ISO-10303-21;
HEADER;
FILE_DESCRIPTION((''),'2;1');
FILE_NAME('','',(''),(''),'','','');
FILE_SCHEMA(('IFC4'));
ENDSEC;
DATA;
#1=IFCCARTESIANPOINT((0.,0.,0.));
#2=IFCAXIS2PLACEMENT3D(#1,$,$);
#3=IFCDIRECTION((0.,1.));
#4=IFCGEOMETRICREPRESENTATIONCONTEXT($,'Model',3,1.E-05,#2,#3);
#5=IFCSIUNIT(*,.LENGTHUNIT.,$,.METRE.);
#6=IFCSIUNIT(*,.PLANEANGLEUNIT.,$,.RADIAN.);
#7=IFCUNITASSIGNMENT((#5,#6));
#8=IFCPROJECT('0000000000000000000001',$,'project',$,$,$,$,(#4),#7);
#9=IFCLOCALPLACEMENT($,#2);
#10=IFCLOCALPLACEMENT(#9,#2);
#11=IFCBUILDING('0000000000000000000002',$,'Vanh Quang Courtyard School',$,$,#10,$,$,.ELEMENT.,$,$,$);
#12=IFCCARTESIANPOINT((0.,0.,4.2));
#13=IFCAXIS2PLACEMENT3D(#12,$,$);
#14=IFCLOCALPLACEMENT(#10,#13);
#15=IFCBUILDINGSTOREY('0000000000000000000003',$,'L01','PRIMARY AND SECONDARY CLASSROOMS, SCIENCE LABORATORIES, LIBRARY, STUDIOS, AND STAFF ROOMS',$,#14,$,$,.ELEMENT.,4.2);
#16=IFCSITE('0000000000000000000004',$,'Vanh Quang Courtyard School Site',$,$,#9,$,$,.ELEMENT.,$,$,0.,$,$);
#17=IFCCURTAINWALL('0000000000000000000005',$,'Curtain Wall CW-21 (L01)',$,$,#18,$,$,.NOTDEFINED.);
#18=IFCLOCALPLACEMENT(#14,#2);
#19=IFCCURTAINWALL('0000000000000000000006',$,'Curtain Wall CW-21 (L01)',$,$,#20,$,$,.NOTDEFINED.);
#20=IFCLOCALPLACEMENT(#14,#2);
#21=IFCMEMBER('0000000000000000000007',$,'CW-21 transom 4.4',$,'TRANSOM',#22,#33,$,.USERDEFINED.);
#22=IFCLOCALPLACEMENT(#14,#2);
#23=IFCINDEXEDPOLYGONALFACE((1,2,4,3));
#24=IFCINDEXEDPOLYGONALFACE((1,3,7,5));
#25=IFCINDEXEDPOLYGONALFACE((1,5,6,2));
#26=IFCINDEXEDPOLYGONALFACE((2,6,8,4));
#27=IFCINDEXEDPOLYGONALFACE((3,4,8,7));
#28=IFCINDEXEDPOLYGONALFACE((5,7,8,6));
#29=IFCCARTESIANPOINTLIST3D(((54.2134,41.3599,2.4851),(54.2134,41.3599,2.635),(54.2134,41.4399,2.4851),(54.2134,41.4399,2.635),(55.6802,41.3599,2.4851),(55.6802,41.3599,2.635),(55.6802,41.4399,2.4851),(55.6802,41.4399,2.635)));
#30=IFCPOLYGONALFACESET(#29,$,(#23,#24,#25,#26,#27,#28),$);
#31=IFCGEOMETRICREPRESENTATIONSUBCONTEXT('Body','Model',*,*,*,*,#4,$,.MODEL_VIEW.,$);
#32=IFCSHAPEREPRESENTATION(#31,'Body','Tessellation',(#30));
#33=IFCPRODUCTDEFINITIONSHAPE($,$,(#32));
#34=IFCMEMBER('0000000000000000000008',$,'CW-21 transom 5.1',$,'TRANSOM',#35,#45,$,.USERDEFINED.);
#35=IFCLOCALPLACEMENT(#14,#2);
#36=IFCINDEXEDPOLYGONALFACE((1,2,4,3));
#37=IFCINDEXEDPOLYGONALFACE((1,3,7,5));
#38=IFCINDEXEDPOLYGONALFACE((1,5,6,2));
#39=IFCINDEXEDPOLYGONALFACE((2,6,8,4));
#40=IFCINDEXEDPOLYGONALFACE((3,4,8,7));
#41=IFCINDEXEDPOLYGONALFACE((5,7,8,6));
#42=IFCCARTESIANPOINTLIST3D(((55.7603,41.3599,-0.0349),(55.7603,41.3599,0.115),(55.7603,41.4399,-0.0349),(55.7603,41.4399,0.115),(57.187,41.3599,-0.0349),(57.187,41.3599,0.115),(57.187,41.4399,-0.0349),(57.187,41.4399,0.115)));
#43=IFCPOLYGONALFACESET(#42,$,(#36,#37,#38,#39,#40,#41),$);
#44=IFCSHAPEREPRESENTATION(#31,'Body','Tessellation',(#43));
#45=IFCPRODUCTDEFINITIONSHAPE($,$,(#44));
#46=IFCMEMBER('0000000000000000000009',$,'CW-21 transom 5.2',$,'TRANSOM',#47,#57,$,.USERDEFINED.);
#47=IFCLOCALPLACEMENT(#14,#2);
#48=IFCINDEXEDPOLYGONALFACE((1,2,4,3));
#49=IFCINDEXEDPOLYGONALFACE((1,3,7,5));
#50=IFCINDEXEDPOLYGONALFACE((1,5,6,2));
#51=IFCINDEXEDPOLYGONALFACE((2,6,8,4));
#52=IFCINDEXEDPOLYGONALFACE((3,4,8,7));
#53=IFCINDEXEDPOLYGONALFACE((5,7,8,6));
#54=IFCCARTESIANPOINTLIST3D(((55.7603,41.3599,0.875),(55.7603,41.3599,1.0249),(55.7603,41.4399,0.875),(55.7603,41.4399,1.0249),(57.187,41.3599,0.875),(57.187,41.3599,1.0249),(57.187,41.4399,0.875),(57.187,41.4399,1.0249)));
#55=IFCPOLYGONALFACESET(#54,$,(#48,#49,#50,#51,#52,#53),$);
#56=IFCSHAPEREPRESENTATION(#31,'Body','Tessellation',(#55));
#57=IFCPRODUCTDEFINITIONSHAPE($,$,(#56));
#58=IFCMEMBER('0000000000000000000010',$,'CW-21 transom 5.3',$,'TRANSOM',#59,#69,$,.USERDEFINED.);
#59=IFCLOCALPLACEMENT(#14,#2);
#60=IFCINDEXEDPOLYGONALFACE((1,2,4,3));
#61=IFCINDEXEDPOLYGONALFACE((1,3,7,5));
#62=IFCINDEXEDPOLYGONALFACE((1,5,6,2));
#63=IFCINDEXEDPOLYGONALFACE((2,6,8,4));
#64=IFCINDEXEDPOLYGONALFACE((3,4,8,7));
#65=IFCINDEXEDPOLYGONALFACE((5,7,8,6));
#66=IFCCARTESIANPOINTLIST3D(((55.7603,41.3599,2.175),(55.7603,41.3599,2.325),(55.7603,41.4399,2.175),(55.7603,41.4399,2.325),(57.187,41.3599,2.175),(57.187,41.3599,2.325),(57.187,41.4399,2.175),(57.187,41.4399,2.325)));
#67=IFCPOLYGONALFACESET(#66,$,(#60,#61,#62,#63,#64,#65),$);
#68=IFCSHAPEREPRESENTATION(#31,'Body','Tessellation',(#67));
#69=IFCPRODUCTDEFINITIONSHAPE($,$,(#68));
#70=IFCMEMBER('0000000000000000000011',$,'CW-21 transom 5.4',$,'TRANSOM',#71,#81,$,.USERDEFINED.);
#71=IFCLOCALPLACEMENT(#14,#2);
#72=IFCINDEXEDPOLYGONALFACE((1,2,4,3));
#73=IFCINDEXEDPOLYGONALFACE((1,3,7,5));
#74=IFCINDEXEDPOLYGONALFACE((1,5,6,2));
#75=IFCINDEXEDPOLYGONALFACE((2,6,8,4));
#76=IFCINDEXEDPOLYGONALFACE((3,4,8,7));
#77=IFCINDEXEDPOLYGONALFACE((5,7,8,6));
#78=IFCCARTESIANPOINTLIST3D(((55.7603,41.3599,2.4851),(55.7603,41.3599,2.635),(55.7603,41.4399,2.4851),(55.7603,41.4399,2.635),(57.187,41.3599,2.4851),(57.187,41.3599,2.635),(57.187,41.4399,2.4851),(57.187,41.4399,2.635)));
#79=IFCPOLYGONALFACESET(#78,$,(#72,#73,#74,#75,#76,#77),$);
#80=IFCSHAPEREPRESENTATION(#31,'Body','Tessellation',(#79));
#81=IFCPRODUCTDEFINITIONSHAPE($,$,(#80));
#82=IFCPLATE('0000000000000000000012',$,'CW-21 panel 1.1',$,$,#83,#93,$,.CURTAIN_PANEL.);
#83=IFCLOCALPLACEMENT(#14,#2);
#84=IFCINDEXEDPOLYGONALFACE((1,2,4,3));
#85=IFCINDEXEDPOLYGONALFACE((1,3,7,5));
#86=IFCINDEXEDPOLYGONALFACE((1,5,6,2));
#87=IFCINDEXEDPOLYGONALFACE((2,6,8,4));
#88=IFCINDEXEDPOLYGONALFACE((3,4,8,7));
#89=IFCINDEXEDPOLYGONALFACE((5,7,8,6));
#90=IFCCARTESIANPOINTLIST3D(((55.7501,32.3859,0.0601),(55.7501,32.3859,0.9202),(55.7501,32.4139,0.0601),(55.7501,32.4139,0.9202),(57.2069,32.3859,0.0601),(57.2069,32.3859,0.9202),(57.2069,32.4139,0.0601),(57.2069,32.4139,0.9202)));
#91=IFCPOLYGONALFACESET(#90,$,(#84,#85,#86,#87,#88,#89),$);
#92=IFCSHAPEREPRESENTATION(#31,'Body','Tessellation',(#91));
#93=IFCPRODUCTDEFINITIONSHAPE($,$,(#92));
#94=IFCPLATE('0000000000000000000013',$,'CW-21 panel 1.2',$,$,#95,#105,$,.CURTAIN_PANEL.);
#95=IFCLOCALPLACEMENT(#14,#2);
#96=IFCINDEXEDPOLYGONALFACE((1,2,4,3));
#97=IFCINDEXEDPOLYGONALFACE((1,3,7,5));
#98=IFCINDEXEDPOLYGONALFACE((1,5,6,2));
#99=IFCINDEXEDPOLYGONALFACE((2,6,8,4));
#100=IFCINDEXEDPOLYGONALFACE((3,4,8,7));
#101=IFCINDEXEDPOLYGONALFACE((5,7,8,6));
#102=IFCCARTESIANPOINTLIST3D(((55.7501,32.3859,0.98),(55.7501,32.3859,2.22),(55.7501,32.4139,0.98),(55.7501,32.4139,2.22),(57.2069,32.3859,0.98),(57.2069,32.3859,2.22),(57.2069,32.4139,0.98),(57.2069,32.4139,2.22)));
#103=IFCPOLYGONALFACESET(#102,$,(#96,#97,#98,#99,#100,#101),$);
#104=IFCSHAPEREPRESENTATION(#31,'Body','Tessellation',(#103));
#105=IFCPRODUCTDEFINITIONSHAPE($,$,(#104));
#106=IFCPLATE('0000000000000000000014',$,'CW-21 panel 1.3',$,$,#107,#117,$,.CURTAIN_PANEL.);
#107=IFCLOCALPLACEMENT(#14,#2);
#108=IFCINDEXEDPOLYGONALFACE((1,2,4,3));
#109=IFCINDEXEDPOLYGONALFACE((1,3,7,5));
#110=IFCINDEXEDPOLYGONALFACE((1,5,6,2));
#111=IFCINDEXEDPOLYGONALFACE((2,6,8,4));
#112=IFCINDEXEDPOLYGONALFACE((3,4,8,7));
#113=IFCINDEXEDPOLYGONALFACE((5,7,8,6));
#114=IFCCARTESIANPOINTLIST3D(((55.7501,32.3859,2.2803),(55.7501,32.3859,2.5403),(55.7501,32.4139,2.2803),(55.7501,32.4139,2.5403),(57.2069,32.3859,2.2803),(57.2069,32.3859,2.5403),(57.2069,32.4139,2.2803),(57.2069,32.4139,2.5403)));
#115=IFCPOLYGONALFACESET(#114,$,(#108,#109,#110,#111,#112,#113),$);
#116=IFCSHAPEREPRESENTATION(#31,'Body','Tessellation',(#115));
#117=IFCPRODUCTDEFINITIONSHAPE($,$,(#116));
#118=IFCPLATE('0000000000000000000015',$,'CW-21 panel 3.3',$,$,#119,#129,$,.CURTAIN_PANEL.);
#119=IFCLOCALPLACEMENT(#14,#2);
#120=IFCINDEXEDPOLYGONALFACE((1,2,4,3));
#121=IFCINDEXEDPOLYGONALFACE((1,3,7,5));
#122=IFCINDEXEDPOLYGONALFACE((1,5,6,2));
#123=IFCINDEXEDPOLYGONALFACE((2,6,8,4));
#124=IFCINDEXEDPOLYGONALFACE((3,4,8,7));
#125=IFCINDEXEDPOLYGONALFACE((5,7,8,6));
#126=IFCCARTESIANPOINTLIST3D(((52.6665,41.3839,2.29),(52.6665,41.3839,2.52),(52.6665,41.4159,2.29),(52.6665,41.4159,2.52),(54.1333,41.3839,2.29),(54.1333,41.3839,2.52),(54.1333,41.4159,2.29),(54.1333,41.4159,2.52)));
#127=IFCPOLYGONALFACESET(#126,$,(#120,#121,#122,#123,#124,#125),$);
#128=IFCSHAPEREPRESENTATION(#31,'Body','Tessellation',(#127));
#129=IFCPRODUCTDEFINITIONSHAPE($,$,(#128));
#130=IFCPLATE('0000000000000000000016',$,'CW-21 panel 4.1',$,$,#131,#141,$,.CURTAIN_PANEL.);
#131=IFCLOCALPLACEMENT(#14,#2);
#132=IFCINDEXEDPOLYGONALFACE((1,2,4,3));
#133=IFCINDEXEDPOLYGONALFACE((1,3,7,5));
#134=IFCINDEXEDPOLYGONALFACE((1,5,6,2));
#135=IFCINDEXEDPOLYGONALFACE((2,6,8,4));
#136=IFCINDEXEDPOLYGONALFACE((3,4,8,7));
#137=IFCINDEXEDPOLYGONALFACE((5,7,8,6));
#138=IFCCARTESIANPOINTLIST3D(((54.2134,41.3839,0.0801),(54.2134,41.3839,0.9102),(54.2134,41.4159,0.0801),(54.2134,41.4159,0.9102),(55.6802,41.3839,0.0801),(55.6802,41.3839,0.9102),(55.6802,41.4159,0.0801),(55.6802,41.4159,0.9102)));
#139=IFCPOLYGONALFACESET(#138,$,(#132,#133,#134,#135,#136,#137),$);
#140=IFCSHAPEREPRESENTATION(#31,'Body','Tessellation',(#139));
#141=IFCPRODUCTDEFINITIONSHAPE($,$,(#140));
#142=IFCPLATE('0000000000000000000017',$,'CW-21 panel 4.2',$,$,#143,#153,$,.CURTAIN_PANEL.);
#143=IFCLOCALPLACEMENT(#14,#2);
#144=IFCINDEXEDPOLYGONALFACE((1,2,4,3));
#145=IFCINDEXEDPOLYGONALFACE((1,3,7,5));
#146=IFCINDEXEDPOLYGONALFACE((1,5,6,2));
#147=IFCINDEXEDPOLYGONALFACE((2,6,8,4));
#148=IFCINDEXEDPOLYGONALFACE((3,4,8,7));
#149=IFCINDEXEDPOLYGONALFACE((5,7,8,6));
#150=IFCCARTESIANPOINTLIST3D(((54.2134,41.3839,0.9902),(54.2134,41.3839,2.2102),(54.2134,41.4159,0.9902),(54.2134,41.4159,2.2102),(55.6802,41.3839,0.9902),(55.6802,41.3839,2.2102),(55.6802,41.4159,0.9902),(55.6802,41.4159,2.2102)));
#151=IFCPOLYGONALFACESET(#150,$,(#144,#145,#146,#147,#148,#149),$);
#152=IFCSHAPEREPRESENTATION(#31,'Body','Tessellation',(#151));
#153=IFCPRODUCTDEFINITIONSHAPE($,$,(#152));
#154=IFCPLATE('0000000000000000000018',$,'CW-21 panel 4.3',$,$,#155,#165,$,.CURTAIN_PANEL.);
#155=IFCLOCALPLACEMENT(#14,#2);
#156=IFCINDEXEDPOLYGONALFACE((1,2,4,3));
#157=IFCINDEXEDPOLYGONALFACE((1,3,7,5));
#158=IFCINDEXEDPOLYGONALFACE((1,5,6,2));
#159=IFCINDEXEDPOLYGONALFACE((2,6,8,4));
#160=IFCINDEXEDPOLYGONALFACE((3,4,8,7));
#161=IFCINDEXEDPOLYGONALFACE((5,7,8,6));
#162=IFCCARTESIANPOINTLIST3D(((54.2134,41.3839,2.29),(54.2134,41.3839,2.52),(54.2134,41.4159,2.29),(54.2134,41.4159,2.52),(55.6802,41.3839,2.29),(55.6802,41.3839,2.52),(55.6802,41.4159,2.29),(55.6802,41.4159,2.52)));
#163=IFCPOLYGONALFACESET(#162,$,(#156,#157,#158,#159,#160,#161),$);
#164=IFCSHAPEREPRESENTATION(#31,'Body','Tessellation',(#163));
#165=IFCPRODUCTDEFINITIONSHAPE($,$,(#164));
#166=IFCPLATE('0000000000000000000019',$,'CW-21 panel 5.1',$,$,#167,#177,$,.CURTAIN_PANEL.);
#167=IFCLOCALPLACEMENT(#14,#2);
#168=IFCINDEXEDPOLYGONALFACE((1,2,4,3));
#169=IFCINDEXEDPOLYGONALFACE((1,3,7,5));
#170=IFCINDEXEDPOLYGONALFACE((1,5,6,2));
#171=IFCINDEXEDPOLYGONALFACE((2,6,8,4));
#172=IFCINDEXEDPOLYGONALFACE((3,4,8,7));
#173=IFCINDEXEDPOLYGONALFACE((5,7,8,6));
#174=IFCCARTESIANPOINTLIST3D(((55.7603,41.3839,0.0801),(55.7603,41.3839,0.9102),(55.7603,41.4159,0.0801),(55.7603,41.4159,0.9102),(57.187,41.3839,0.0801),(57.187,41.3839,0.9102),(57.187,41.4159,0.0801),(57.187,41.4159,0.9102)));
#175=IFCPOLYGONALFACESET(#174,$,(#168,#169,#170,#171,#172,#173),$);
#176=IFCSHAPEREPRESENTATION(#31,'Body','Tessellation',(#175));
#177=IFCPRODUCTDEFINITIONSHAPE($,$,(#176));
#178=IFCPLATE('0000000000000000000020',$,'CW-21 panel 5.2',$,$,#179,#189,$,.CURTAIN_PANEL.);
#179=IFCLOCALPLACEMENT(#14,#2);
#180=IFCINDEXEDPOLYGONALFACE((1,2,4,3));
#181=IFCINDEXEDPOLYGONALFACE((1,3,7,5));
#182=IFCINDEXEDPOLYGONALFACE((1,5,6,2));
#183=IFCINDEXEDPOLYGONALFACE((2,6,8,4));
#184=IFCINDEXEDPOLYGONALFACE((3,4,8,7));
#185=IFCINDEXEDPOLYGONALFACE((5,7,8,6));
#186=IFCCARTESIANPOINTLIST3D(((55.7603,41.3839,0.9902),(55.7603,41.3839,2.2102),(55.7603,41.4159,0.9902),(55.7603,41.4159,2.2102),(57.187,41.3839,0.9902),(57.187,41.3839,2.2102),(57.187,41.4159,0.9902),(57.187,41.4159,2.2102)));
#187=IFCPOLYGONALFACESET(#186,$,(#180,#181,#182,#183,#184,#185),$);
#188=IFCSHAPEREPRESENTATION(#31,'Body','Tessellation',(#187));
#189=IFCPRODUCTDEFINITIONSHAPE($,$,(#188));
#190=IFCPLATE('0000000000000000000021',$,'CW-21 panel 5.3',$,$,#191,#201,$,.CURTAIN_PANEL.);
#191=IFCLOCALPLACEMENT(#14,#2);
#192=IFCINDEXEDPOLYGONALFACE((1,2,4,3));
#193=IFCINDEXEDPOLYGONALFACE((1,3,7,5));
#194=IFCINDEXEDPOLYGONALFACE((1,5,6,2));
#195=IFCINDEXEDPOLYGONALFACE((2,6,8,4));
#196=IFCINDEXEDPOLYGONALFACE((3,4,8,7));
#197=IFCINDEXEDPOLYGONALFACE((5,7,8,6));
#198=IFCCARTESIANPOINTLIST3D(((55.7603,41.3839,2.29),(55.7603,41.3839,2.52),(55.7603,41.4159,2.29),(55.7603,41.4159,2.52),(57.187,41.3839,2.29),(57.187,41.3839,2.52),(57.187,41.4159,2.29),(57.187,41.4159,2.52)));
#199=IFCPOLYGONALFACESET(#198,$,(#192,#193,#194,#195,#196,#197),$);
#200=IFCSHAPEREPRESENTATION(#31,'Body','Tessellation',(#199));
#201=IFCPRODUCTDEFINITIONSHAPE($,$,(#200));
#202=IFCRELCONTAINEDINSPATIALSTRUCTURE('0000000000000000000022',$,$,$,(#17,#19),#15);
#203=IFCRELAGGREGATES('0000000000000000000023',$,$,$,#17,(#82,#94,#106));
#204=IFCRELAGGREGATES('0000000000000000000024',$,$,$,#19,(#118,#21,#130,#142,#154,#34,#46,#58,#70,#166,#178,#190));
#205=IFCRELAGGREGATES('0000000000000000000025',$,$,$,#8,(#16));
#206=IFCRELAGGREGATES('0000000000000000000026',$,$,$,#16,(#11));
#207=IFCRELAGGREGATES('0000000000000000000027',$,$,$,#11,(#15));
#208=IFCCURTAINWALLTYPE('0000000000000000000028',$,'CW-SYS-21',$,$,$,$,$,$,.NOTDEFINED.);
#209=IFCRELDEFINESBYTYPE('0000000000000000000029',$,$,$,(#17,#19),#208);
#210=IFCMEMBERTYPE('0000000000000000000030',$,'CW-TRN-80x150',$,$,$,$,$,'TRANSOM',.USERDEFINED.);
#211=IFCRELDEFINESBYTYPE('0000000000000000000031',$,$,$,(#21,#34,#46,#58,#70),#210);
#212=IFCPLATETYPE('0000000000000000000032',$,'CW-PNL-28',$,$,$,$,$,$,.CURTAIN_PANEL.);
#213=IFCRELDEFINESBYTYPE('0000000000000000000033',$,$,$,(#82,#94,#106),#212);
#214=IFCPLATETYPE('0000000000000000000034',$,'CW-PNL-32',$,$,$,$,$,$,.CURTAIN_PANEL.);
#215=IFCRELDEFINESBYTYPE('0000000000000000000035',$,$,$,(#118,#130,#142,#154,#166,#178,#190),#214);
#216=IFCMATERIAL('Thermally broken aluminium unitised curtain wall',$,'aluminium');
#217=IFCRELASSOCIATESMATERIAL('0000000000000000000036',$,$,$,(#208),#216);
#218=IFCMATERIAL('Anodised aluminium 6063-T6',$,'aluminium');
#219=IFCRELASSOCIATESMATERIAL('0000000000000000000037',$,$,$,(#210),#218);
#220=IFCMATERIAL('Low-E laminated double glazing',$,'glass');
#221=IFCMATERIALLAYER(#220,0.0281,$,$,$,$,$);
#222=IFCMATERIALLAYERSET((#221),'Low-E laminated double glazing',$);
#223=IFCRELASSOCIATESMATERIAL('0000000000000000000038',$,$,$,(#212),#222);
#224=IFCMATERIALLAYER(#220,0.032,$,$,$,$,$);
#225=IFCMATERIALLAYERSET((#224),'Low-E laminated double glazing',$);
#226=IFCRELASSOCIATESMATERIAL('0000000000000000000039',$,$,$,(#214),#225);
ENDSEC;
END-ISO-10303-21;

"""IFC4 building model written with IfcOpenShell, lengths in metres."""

from ifc_helpers import new_model, si_unit, direction, frame, origin, origin_2d, place, context, subcontext, project, spatial, rectangle, extrude, material, layer, layer_set, material_profile, profile_set, type_object, element, aggregate, save


model = new_model("IFC4")

# Units and contexts
model_context = context("Model", 3, precision=1e-05, world=origin(), true_north=direction((0.0, 1.0)))
body_context = subcontext(model_context, "Body", "Model", "MODEL_VIEW")
ifc_project = project(units=[si_unit("LENGTHUNIT", "METRE"), si_unit("PLANEANGLEUNIT", "RADIAN")], contexts=[model_context])

# Site, building, storey
site_placement = place(None, origin())
site = spatial("IfcSite", under=ifc_project, at=site_placement, Name="Vanh Quang Courtyard School Site", CompositionType="ELEMENT", RefElevation=0.0)
building_placement = place(site_placement, origin())
building = spatial("IfcBuilding", under=site, at=building_placement, Name="Vanh Quang Courtyard School", CompositionType="ELEMENT")
storey_placement = place(building_placement, frame((0.0, 0.0, 4.2)))
storey = spatial("IfcBuildingStorey", under=building, at=storey_placement, Name="L01", Description="PRIMARY AND SECONDARY CLASSROOMS, SCIENCE LABORATORIES, LIBRARY, STUDIOS, AND STAFF ROOMS", CompositionType="ELEMENT", Elevation=4.2)

# Curtain wall
ifc_material_1 = material(Name="Thermally broken aluminium unitised curtain wall", Category="aluminium")
curtain_wall_type = type_object("IfcCurtainWallType", Name="CW-SYS-21", PredefinedType="NOTDEFINED", material=ifc_material_1)
curtain_wall_1_placement = place(storey_placement, origin())
curtain_wall_1 = element("IfcCurtainWall", 1, at=curtain_wall_1_placement, inside=storey, type_object=curtain_wall_type, Name="Curtain Wall CW-21 (L01)", PredefinedType="NOTDEFINED")
ifc_material_2 = material(Name="Anodised aluminium 6063-T6", Category="aluminium")

# Curtain wall
curtain_wall_2_placement = place(storey_placement, origin())
curtain_wall_2 = element("IfcCurtainWall", 2, at=curtain_wall_2_placement, inside=storey, type_object=curtain_wall_type, Name="Curtain Wall CW-21 (L01)", PredefinedType="NOTDEFINED")

# Members
ifc_material_profile_1 = material_profile(ifc_material_2, rectangle(XDim=0.0801, YDim=0.1499, at=origin_2d()), Name="ALU-TRN 80x150")
ifc_profile_set_1 = profile_set([ifc_material_profile_1], Name="Anodised aluminium 6063-T6")
member_type_1 = type_object("IfcMemberType", Name="CW-TRN-80x150", ElementType="TRANSOM", PredefinedType="USERDEFINED", material=ifc_profile_set_1)
member_1_placement = place(storey_placement, frame((54.2134, 41.3999, 2.5601), z_axis=(1.0, 0.0, 0.0), x_axis=(0.0, 1.0, 0.0)))
member_1 = element("IfcMember", 3, at=member_1_placement, type_object=member_type_1, Name="CW-21 transom 4.4", ObjectType="TRANSOM", PredefinedType="USERDEFINED", context=body_context, shape_type="SweptSolid", body=[
    extrude(rectangle(XDim=0.0801, YDim=0.1499, at=origin_2d()), origin(), (0.0, 0.0, 1.0), 1.4668),
])
member_2_placement = place(storey_placement, frame((55.7603, 41.3999, 0.04), z_axis=(1.0, 0.0, 0.0), x_axis=(0.0, 1.0, 0.0)))
member_2 = element("IfcMember", 4, at=member_2_placement, type_object=member_type_1, Name="CW-21 transom 5.1", ObjectType="TRANSOM", PredefinedType="USERDEFINED", context=body_context, shape_type="SweptSolid", body=[
    extrude(rectangle(XDim=0.0801, YDim=0.1499, at=origin_2d()), origin(), (0.0, 0.0, 1.0), 1.4268),
])
member_3_placement = place(storey_placement, frame((55.7603, 41.3999, 0.95), z_axis=(1.0, 0.0, 0.0), x_axis=(0.0, 1.0, 0.0)))
member_3 = element("IfcMember", 5, at=member_3_placement, type_object=member_type_1, Name="CW-21 transom 5.2", ObjectType="TRANSOM", PredefinedType="USERDEFINED", context=body_context, shape_type="SweptSolid", body=[
    extrude(rectangle(XDim=0.0801, YDim=0.1499, at=origin_2d()), origin(), (0.0, 0.0, 1.0), 1.4268),
])
member_4_placement = place(storey_placement, frame((55.7603, 41.3999, 2.25), z_axis=(1.0, 0.0, 0.0), x_axis=(0.0, 1.0, 0.0)))
member_4 = element("IfcMember", 6, at=member_4_placement, type_object=member_type_1, Name="CW-21 transom 5.3", ObjectType="TRANSOM", PredefinedType="USERDEFINED", context=body_context, shape_type="SweptSolid", body=[
    extrude(rectangle(XDim=0.0801, YDim=0.1499, at=origin_2d()), origin(), (0.0, 0.0, 1.0), 1.4268),
])
member_5_placement = place(storey_placement, frame((55.7603, 41.3999, 2.5601), z_axis=(1.0, 0.0, 0.0), x_axis=(0.0, 1.0, 0.0)))
member_5 = element("IfcMember", 7, at=member_5_placement, type_object=member_type_1, Name="CW-21 transom 5.4", ObjectType="TRANSOM", PredefinedType="USERDEFINED", context=body_context, shape_type="SweptSolid", body=[
    extrude(rectangle(XDim=0.0801, YDim=0.1499, at=origin_2d()), origin(), (0.0, 0.0, 1.0), 1.4268),
])

# Plates
ifc_material_3 = material(Name="Low-E laminated double glazing", Category="glass")
ifc_layer_1 = layer(ifc_material_3, 0.0281)
ifc_layer_set_1 = layer_set([ifc_layer_1], Name="Low-E laminated double glazing")
plate_type_1 = type_object("IfcPlateType", Name="CW-PNL-28", PredefinedType="CURTAIN_PANEL", material=ifc_layer_set_1)
plate_1_placement = place(storey_placement, frame((56.4785, 32.3999, 0.0601), z_axis=(0.0, 0.0, 1.0), x_axis=(-1.0, 0.0, 0.0)))
plate_1 = element("IfcPlate", 8, at=plate_1_placement, type_object=plate_type_1, Name="CW-21 panel 1.1", PredefinedType="CURTAIN_PANEL", context=body_context, shape_type="SweptSolid", body=[
    extrude(rectangle(XDim=1.4568, YDim=0.0281, at=origin_2d()), origin(), (0.0, 0.0, 1.0), 0.8601),
])
plate_2_placement = place(storey_placement, frame((56.4785, 32.3999, 0.98), z_axis=(0.0, 0.0, 1.0), x_axis=(-1.0, 0.0, 0.0)))
plate_2 = element("IfcPlate", 9, at=plate_2_placement, type_object=plate_type_1, Name="CW-21 panel 1.2", PredefinedType="CURTAIN_PANEL", context=body_context, shape_type="SweptSolid", body=[
    extrude(rectangle(XDim=1.4568, YDim=0.0281, at=origin_2d()), origin(), (0.0, 0.0, 1.0), 1.24),
])
plate_3_placement = place(storey_placement, frame((56.4785, 32.3999, 2.2803), z_axis=(0.0, 0.0, 1.0), x_axis=(-1.0, 0.0, 0.0)))
plate_3 = element("IfcPlate", 10, at=plate_3_placement, type_object=plate_type_1, Name="CW-21 panel 1.3", PredefinedType="CURTAIN_PANEL", context=body_context, shape_type="SweptSolid", body=[
    extrude(rectangle(XDim=1.4568, YDim=0.0281, at=origin_2d()), origin(), (0.0, 0.0, 1.0), 0.26),
])
aggregate(curtain_wall_1, [plate_1, plate_2, plate_3])
ifc_layer_2 = layer(ifc_material_3, 0.032)
ifc_layer_set_2 = layer_set([ifc_layer_2], Name="Low-E laminated double glazing")
plate_type_2 = type_object("IfcPlateType", Name="CW-PNL-32", PredefinedType="CURTAIN_PANEL", material=ifc_layer_set_2)
plate_4_placement = place(storey_placement, frame((53.3999, 41.3999, 2.29), z_axis=(0.0, 0.0, 1.0), x_axis=(1.0, 0.0, 0.0)))
plate_4 = element("IfcPlate", 11, at=plate_4_placement, type_object=plate_type_2, Name="CW-21 panel 3.3", PredefinedType="CURTAIN_PANEL", context=body_context, shape_type="SweptSolid", body=[
    extrude(rectangle(XDim=1.4668, YDim=0.032, at=origin_2d()), origin(), (0.0, 0.0, 1.0), 0.23),
])
plate_5_placement = place(storey_placement, frame((54.9468, 41.3999, 0.0801), z_axis=(0.0, 0.0, 1.0), x_axis=(1.0, 0.0, 0.0)))
plate_5 = element("IfcPlate", 12, at=plate_5_placement, type_object=plate_type_2, Name="CW-21 panel 4.1", PredefinedType="CURTAIN_PANEL", context=body_context, shape_type="SweptSolid", body=[
    extrude(rectangle(XDim=1.4668, YDim=0.032, at=origin_2d()), origin(), (0.0, 0.0, 1.0), 0.8301),
])
plate_6_placement = place(storey_placement, frame((54.9468, 41.3999, 0.9902), z_axis=(0.0, 0.0, 1.0), x_axis=(1.0, 0.0, 0.0)))
plate_6 = element("IfcPlate", 13, at=plate_6_placement, type_object=plate_type_2, Name="CW-21 panel 4.2", PredefinedType="CURTAIN_PANEL", context=body_context, shape_type="SweptSolid", body=[
    extrude(rectangle(XDim=1.4668, YDim=0.032, at=origin_2d()), origin(), (0.0, 0.0, 1.0), 1.22),
])
plate_7_placement = place(storey_placement, frame((54.9468, 41.3999, 2.29), z_axis=(0.0, 0.0, 1.0), x_axis=(1.0, 0.0, 0.0)))
plate_7 = element("IfcPlate", 14, at=plate_7_placement, type_object=plate_type_2, Name="CW-21 panel 4.3", PredefinedType="CURTAIN_PANEL", context=body_context, shape_type="SweptSolid", body=[
    extrude(rectangle(XDim=1.4668, YDim=0.032, at=origin_2d()), origin(), (0.0, 0.0, 1.0), 0.23),
])
plate_8_placement = place(storey_placement, frame((56.4736, 41.3999, 0.0801), z_axis=(0.0, 0.0, 1.0), x_axis=(1.0, 0.0, 0.0)))
plate_8 = element("IfcPlate", 15, at=plate_8_placement, type_object=plate_type_2, Name="CW-21 panel 5.1", PredefinedType="CURTAIN_PANEL", context=body_context, shape_type="SweptSolid", body=[
    extrude(rectangle(XDim=1.4268, YDim=0.032, at=origin_2d()), origin(), (0.0, 0.0, 1.0), 0.8301),
])
plate_9_placement = place(storey_placement, frame((56.4736, 41.3999, 0.9902), z_axis=(0.0, 0.0, 1.0), x_axis=(1.0, 0.0, 0.0)))
plate_9 = element("IfcPlate", 16, at=plate_9_placement, type_object=plate_type_2, Name="CW-21 panel 5.2", PredefinedType="CURTAIN_PANEL", context=body_context, shape_type="SweptSolid", body=[
    extrude(rectangle(XDim=1.4268, YDim=0.032, at=origin_2d()), origin(), (0.0, 0.0, 1.0), 1.22),
])
plate_10_placement = place(storey_placement, frame((56.4736, 41.3999, 2.29), z_axis=(0.0, 0.0, 1.0), x_axis=(1.0, 0.0, 0.0)))
plate_10 = element("IfcPlate", 17, at=plate_10_placement, type_object=plate_type_2, Name="CW-21 panel 5.3", PredefinedType="CURTAIN_PANEL", context=body_context, shape_type="SweptSolid", body=[
    extrude(rectangle(XDim=1.4268, YDim=0.032, at=origin_2d()), origin(), (0.0, 0.0, 1.0), 0.23),
])
aggregate(curtain_wall_2, [plate_4, member_1, plate_5, plate_6, plate_7, member_2, member_3, member_4, member_5, plate_8, plate_9, plate_10])

save(model, "model.ifc")
